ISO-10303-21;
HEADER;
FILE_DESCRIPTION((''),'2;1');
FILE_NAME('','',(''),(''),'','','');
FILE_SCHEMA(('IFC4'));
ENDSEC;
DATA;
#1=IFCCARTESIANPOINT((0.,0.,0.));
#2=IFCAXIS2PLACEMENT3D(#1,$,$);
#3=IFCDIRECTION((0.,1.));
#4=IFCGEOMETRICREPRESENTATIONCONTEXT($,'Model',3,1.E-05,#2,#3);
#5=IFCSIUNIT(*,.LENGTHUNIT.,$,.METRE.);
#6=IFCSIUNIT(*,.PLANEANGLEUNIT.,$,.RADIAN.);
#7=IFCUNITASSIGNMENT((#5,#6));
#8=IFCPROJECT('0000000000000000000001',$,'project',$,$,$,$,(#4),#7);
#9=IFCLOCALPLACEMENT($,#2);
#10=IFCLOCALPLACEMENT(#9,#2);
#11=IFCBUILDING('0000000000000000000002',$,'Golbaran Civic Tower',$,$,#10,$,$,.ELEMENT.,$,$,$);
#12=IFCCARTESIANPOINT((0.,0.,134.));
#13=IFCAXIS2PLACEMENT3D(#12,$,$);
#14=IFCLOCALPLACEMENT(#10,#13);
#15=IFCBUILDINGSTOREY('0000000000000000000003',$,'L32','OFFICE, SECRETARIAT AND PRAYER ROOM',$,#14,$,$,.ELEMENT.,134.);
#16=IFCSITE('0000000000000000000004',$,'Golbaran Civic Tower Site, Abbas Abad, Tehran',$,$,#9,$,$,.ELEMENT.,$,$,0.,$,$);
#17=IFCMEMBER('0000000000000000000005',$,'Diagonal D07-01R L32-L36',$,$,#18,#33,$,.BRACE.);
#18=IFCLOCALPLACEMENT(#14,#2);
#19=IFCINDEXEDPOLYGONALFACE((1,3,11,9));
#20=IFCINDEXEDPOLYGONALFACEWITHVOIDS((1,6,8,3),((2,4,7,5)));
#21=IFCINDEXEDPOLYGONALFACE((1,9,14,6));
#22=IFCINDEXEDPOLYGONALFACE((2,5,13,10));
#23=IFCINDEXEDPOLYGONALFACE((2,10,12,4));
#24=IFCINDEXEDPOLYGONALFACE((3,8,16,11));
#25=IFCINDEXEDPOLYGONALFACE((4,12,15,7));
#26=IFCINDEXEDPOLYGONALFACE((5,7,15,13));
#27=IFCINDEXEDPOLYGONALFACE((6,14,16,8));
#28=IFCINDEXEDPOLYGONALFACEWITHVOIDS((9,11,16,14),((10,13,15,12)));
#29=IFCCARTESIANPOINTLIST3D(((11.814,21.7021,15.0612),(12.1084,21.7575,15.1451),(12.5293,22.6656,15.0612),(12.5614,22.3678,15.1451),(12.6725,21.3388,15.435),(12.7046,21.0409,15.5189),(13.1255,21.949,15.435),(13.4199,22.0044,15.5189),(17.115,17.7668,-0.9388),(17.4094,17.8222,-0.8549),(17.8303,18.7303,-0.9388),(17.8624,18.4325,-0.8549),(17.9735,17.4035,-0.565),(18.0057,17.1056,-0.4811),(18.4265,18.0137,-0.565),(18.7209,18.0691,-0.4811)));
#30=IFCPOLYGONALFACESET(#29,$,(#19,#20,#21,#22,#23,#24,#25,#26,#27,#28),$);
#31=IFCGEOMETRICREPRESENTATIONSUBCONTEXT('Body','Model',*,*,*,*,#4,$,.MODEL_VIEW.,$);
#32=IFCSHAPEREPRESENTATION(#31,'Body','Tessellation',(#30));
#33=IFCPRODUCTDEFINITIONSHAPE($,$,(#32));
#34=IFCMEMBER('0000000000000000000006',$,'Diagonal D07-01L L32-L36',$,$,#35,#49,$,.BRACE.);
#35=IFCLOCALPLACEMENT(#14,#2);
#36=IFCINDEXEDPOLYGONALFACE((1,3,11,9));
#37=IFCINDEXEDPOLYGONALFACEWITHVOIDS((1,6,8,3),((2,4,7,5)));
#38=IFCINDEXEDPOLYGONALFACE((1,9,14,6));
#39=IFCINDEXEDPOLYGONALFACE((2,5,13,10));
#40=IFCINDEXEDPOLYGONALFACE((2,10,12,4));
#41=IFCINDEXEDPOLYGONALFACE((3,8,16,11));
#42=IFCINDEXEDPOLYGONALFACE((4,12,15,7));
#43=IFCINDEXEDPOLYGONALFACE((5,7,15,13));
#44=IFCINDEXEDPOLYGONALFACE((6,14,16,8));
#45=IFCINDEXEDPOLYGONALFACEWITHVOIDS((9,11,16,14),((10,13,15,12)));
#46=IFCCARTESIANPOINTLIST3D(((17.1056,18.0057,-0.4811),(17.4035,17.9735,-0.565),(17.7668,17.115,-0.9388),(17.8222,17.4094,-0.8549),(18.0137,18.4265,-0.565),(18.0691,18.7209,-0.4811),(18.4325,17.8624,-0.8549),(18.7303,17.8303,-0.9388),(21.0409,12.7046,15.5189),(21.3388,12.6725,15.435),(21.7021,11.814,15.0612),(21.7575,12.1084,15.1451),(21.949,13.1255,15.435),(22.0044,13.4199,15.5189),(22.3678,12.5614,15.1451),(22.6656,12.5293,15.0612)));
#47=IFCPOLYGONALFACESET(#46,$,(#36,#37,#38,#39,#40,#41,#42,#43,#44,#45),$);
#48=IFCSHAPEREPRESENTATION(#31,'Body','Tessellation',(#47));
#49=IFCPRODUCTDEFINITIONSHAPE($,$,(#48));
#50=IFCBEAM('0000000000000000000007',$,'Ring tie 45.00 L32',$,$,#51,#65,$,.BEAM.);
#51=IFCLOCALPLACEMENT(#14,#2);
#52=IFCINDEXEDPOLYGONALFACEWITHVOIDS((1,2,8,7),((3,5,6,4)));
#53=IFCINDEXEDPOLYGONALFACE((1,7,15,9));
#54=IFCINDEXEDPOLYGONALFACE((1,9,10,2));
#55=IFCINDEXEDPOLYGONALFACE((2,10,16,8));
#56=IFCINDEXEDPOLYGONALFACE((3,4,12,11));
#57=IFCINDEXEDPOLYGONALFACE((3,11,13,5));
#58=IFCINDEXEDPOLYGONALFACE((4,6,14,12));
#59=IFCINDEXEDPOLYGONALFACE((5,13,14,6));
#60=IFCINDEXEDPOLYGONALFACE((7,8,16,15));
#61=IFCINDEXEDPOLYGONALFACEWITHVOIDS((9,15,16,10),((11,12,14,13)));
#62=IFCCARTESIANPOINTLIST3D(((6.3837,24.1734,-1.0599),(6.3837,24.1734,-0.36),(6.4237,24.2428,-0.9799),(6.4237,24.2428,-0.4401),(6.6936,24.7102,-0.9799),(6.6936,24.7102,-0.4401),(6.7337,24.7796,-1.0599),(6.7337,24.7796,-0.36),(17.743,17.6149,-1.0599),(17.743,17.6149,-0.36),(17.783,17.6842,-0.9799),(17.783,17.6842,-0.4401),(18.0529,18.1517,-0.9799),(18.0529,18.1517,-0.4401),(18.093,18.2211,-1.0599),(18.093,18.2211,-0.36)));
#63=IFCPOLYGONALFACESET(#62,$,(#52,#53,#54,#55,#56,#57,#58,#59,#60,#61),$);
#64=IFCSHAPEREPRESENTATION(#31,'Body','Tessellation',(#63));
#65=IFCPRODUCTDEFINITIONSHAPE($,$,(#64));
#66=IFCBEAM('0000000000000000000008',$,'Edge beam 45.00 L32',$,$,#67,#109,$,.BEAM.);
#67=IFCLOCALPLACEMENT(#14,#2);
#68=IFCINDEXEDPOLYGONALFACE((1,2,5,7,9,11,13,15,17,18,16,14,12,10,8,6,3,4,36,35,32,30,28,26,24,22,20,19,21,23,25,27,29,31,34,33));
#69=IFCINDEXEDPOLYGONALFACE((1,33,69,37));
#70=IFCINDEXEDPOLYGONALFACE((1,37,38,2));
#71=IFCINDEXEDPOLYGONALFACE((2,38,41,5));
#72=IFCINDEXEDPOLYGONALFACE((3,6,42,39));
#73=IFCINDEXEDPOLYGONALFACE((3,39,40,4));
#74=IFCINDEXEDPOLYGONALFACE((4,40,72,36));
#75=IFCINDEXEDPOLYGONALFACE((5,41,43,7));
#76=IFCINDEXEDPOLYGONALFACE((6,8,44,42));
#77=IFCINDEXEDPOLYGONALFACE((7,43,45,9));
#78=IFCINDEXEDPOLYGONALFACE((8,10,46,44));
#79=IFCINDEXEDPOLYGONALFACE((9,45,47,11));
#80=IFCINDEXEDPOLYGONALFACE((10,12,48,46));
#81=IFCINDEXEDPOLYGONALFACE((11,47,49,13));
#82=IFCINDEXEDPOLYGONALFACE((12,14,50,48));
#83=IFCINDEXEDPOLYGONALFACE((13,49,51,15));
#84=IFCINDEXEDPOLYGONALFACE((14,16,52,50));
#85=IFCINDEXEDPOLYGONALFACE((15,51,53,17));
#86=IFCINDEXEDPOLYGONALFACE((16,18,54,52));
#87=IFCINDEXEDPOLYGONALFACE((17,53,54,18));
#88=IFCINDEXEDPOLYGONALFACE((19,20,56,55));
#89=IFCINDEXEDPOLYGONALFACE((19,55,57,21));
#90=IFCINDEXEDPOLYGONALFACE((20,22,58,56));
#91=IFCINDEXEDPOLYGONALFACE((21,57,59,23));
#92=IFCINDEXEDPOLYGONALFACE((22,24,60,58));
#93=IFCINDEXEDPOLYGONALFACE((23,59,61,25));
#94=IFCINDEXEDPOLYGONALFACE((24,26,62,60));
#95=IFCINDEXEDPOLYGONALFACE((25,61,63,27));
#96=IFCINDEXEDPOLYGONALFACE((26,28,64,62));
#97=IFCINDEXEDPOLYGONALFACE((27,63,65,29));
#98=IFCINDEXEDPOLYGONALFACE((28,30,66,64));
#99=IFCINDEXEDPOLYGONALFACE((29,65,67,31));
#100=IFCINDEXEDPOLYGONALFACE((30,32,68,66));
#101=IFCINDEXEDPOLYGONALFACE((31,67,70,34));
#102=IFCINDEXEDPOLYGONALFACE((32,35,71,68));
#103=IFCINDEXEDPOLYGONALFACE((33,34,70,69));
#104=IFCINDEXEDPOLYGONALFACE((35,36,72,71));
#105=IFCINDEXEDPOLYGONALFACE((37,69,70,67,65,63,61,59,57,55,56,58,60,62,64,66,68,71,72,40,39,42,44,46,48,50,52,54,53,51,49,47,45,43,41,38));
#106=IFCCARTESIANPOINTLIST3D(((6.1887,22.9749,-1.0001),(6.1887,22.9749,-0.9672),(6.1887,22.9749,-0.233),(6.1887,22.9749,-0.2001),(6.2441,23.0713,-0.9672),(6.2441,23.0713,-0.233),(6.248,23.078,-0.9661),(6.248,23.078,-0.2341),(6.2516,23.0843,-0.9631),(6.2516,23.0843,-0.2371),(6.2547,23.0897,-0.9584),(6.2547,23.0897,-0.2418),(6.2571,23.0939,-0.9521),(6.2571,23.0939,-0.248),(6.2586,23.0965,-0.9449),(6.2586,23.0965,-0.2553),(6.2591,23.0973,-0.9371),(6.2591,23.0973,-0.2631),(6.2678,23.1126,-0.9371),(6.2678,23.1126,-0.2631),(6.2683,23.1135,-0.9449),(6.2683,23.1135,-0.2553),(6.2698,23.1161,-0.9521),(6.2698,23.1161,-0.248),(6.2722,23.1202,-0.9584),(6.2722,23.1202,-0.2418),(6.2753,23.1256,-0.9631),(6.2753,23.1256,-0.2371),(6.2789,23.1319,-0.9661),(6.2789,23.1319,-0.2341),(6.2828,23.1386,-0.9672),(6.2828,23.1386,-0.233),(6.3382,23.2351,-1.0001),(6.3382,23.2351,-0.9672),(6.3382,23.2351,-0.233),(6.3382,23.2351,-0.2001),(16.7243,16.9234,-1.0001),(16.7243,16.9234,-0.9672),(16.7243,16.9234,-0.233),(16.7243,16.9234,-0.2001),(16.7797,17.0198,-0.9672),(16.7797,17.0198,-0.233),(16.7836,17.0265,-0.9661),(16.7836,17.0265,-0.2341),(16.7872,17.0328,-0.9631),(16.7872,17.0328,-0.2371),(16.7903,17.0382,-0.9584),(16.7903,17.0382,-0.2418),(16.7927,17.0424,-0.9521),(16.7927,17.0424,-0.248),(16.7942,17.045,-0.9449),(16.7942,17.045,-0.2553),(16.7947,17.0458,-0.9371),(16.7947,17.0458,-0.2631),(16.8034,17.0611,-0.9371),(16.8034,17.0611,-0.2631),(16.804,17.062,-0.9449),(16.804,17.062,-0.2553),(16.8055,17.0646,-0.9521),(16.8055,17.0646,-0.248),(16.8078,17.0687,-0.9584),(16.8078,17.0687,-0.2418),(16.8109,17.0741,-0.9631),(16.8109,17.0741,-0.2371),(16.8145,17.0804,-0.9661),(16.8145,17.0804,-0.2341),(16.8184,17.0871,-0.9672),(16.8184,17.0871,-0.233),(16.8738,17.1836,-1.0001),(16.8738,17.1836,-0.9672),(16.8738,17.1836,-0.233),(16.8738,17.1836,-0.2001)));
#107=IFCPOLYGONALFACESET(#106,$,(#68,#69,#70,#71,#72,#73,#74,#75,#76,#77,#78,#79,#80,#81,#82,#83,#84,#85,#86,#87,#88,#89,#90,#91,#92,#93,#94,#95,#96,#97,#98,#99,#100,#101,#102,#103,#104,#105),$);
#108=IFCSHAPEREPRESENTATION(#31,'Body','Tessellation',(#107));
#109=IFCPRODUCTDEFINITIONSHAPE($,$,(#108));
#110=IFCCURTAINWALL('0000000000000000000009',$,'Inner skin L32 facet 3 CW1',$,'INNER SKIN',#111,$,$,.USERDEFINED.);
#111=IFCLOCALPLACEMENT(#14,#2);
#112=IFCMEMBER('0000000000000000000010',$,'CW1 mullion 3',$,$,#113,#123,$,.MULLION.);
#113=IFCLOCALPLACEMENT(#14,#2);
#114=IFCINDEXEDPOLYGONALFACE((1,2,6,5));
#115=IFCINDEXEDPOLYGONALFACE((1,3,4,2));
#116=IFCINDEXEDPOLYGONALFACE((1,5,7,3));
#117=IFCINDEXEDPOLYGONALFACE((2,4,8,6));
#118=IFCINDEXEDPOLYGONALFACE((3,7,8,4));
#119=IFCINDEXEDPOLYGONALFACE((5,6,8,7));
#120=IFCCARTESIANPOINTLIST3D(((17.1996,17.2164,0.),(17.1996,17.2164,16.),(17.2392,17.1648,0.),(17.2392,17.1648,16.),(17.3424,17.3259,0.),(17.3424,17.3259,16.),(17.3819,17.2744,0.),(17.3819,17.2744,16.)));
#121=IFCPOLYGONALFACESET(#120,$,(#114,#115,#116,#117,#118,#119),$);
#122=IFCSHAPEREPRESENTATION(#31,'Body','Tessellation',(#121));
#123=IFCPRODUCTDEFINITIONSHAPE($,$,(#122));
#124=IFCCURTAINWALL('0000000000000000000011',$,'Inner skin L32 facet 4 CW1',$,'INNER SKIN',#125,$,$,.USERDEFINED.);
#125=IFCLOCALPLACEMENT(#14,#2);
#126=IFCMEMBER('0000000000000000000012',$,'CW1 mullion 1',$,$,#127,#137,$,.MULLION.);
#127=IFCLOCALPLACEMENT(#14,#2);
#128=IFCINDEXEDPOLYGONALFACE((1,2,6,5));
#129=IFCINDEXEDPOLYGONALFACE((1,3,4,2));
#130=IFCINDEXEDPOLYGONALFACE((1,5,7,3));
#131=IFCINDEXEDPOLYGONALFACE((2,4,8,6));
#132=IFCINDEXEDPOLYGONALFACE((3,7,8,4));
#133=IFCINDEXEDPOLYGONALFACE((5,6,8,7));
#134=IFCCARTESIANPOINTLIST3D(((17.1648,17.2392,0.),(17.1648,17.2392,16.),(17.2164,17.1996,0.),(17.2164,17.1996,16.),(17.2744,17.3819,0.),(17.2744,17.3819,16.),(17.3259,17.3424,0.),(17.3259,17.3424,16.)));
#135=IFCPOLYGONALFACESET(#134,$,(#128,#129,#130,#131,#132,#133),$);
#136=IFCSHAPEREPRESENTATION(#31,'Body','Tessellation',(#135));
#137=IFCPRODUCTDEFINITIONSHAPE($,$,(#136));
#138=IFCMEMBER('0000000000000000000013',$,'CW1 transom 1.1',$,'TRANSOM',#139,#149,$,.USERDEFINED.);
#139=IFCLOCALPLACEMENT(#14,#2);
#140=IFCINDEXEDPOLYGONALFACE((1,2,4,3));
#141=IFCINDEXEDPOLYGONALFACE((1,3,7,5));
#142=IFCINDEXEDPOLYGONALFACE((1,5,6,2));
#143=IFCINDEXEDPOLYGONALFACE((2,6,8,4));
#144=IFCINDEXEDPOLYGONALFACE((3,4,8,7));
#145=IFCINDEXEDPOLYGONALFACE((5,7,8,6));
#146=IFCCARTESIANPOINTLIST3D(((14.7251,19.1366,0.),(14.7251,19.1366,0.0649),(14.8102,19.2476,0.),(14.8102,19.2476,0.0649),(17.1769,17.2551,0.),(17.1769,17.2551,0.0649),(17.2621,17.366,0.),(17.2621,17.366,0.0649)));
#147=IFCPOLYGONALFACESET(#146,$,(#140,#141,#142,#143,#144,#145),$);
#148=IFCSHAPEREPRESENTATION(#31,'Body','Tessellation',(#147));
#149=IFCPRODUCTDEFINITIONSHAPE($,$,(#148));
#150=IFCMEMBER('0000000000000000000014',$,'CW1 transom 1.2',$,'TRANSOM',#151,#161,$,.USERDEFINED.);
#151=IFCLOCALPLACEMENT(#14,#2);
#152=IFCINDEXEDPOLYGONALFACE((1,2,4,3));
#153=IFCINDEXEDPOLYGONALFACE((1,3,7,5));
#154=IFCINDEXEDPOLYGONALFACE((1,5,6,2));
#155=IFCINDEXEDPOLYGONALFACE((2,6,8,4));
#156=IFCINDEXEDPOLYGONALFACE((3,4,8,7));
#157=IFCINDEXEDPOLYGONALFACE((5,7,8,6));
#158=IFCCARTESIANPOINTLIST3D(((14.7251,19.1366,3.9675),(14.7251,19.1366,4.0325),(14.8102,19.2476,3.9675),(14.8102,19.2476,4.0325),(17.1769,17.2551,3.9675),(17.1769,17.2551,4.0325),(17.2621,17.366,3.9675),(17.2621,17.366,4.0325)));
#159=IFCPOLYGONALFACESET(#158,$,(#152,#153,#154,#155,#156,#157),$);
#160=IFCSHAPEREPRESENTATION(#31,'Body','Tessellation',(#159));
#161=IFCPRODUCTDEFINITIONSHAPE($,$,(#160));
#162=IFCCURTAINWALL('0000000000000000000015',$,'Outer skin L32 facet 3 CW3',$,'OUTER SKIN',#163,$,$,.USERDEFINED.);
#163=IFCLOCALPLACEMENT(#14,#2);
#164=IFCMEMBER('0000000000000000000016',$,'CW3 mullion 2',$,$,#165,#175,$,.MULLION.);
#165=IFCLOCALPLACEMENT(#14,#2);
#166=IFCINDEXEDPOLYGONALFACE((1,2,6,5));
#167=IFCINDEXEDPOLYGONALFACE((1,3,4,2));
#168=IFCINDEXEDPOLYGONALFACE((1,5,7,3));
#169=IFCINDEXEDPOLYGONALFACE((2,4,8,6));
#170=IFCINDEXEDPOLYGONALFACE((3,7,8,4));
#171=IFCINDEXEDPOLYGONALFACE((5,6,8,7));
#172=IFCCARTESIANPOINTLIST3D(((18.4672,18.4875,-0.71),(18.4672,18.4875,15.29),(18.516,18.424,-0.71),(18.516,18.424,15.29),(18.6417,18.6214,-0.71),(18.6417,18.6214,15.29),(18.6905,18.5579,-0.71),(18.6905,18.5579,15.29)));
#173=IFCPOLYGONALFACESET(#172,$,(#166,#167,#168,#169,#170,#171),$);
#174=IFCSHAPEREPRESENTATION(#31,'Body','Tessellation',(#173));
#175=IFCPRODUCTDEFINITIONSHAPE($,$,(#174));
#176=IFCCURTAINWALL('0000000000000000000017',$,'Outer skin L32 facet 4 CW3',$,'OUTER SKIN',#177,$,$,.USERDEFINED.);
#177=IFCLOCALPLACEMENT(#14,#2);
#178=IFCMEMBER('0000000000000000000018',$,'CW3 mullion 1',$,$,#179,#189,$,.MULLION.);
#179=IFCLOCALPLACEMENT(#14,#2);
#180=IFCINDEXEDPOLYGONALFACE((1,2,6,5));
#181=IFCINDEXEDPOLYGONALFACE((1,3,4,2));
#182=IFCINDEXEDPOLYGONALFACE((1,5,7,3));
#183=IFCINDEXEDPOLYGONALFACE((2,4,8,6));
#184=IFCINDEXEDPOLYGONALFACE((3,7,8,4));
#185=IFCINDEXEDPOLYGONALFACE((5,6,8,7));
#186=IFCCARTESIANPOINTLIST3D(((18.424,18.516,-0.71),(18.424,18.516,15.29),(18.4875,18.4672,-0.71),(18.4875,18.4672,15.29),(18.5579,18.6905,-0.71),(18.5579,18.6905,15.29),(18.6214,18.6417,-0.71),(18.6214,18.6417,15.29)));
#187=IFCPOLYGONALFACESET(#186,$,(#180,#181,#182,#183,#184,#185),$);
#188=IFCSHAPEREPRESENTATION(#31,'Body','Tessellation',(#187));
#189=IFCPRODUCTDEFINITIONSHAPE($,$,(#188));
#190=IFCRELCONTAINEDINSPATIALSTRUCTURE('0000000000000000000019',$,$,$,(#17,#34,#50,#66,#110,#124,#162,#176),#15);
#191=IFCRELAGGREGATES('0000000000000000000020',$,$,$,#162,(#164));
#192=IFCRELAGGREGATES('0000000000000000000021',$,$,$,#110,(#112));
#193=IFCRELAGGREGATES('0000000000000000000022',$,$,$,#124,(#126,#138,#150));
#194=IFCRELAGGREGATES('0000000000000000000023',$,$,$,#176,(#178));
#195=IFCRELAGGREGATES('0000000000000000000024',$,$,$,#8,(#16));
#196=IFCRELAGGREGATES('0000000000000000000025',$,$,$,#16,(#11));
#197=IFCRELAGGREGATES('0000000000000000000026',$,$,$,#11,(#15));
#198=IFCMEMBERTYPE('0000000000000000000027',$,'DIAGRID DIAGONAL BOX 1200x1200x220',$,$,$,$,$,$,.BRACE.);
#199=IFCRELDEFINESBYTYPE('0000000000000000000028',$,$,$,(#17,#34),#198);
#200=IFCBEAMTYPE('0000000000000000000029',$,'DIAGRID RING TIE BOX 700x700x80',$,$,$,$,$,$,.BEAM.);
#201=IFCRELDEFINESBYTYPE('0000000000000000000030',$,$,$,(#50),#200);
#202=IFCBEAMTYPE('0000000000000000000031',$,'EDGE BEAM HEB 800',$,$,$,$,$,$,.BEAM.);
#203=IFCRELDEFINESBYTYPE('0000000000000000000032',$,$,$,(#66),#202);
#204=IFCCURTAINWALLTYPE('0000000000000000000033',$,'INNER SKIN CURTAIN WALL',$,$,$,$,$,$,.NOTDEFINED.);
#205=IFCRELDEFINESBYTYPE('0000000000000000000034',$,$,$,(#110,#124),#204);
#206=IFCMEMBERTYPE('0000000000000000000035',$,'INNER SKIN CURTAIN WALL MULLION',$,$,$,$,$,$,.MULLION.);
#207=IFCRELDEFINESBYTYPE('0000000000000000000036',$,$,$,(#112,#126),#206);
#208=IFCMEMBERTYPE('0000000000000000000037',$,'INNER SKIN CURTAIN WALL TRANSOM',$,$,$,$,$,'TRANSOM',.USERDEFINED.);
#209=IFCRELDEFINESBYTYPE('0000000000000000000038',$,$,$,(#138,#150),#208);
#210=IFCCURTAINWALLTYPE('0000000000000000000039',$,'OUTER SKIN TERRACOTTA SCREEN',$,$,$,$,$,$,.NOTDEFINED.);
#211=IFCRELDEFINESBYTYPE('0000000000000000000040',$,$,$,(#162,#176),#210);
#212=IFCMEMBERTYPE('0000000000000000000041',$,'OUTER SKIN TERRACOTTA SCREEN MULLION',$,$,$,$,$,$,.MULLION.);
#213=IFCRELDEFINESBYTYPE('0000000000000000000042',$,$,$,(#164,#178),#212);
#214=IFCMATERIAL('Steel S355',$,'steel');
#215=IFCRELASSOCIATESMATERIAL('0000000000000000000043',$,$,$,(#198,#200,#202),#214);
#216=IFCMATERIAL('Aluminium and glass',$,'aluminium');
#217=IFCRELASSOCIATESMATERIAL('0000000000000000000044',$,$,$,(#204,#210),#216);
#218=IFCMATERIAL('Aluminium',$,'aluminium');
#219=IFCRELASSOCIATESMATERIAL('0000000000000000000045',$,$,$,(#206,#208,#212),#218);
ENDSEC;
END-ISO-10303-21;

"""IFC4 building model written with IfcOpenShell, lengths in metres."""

from ifc_helpers import new_model, si_unit, direction, frame, origin, origin_2d, place, context, subcontext, project, spatial, rectangle, hollow_rectangle, i_section, extrude, material, material_profile, profile_set, type_object, element, aggregate, save


model = new_model("IFC4")

# Units and contexts
model_context = context("Model", 3, precision=1e-05, world=origin(), true_north=direction((0.0, 1.0)))
body_context = subcontext(model_context, "Body", "Model", "MODEL_VIEW")
ifc_project = project(units=[si_unit("LENGTHUNIT", "METRE"), si_unit("PLANEANGLEUNIT", "RADIAN")], contexts=[model_context])

# Site, building, storey
site_placement = place(None, origin())
site = spatial("IfcSite", under=ifc_project, at=site_placement, Name="Golbaran Civic Tower Site, Abbas Abad, Tehran", CompositionType="ELEMENT", RefElevation=0.0)
building_placement = place(site_placement, origin())
building = spatial("IfcBuilding", under=site, at=building_placement, Name="Golbaran Civic Tower", CompositionType="ELEMENT")
storey_placement = place(building_placement, frame((0.0, 0.0, 134.0)))
storey = spatial("IfcBuildingStorey", under=building, at=storey_placement, Name="L32", Description="OFFICE, SECRETARIAT AND PRAYER ROOM", CompositionType="ELEMENT", Elevation=134.0)

# Members
ifc_material_1 = material(Name="Steel S355", Category="steel")
ifc_material_profile_1 = material_profile(ifc_material_1, hollow_rectangle(XDim=1.2, YDim=1.2, WallThickness=0.22, at=origin_2d()), Name="BOX 1200x1200x220")
ifc_profile_set_1 = profile_set([ifc_material_profile_1], Name="Steel S355")
member_type_1 = type_object("IfcMemberType", Name="DIAGRID DIAGONAL BOX 1200x1200x220", PredefinedType="BRACE", material=ifc_profile_set_1)
for number, where, z_axis, x_axis, name in (
    (1, (17.918, 17.918, -0.71), (-0.306265, 0.227361, 0.924396), (-0.59607, -0.802932, 0.0), "Diagonal D07-01R L32-L36"),
    (2, (17.918, 17.918, -0.71), (0.227361, -0.306265, 0.924396), (0.802932, 0.59607, 0.0), "Diagonal D07-01L L32-L36"),
):
    element("IfcMember", number, at=place(storey_placement, frame(where, z_axis=z_axis, x_axis=x_axis)), inside=storey, type_object=member_type_1, Name=name, PredefinedType="BRACE", context=body_context, shape_type="SweptSolid", body=[
        extrude(hollow_rectangle(XDim=1.2, YDim=1.2, WallThickness=0.22, at=origin_2d()), origin(), (0.0, 0.0, 1.0), 17.3086),
    ])

# Beams
ifc_material_profile_2 = material_profile(ifc_material_1, hollow_rectangle(XDim=0.7, YDim=0.7, WallThickness=0.0801, at=origin_2d()), Name="BOX 700x700x80")
ifc_profile_set_2 = profile_set([ifc_material_profile_2], Name="Steel S355")
beam_type_1 = type_object("IfcBeamType", Name="DIAGRID RING TIE BOX 700x700x80", PredefinedType="BEAM", material=ifc_profile_set_2)
beam_1_placement = place(storey_placement, frame((17.918, 17.918, -0.71), z_axis=(-0.866017, 0.500015, 0.0), x_axis=(-0.500015, -0.866017, 0.0)))
element("IfcBeam", 3, at=beam_1_placement, inside=storey, type_object=beam_type_1, Name="Ring tie 45.00 L32", PredefinedType="BEAM", context=body_context, shape_type="SweptSolid", body=[
    extrude(hollow_rectangle(XDim=0.7, YDim=0.7, WallThickness=0.0801, at=origin_2d()), origin(), (0.0, 0.0, 1.0), 13.1167),
])
ifc_material_profile_3 = material_profile(ifc_material_1, i_section(OverallWidth=0.3, OverallDepth=0.8, WebThickness=0.0176, FlangeThickness=0.033, FilletRadius=0.03, at=origin_2d()), Name="HEB 800")
ifc_profile_set_3 = profile_set([ifc_material_profile_3], Name="Steel S355")
beam_type_2 = type_object("IfcBeamType", Name="EDGE BEAM HEB 800", PredefinedType="BEAM", material=ifc_profile_set_3)
beam_2_placement = place(storey_placement, frame((16.7991, 17.0535, -0.6001), z_axis=(-0.867137, 0.49807, 0.0), x_axis=(-0.49807, -0.867137, 0.0)))
element("IfcBeam", 4, at=beam_2_placement, inside=storey, type_object=beam_type_2, Name="Edge beam 45.00 L32", PredefinedType="BEAM", context=body_context, shape_type="SweptSolid", body=[
    extrude(i_section(OverallWidth=0.3, OverallDepth=0.8, WebThickness=0.0176, FlangeThickness=0.033, FilletRadius=0.03, at=origin_2d()), origin(), (0.0, 0.0, 1.0), 12.1499),
])

# Curtain wall, member
ifc_material_2 = material(Name="Aluminium and glass", Category="aluminium")
curtain_wall_type_1 = type_object("IfcCurtainWallType", Name="INNER SKIN CURTAIN WALL", PredefinedType="NOTDEFINED", material=ifc_material_2)
curtain_wall_1_placement = place(storey_placement, origin())
curtain_wall_1 = element("IfcCurtainWall", 5, at=curtain_wall_1_placement, inside=storey, type_object=curtain_wall_type_1, Name="Inner skin L32 facet 3 CW1", ObjectType="INNER SKIN", PredefinedType="USERDEFINED")
ifc_material_3 = material(Name="Aluminium", Category="aluminium")
ifc_material_profile_4 = material_profile(ifc_material_3, rectangle(XDim=0.1799, YDim=0.0649, at=origin_2d()), Name="INNER SKIN CURTAIN WALL MULLION")
ifc_profile_set_4 = profile_set([ifc_material_profile_4], Name="Aluminium")
member_type_2 = type_object("IfcMemberType", Name="INNER SKIN CURTAIN WALL MULLION", PredefinedType="MULLION", material=ifc_profile_set_4)
member_1_placement = place(storey_placement, frame((17.2908, 17.2454, 0.0), z_axis=(0.0, 0.0, 1.0), x_axis=(-0.793353, -0.608761, 0.0)))
member_1 = element("IfcMember", 6, at=member_1_placement, type_object=member_type_2, Name="CW1 mullion 3", PredefinedType="MULLION", context=body_context, shape_type="SweptSolid", body=[
    extrude(rectangle(XDim=0.1799, YDim=0.0649, at=origin_2d()), origin(), (0.0, 0.0, 1.0), 16.0),
])

# Curtain wall, members
curtain_wall_2_placement = place(storey_placement, origin())
curtain_wall_2 = element("IfcCurtainWall", 7, at=curtain_wall_2_placement, inside=storey, type_object=curtain_wall_type_1, Name="Inner skin L32 facet 4 CW1", ObjectType="INNER SKIN", PredefinedType="USERDEFINED")
member_2_placement = place(storey_placement, frame((17.2454, 17.2908, 0.0), z_axis=(0.0, 0.0, 1.0), x_axis=(-0.608761, -0.793353, 0.0)))
member_2 = element("IfcMember", 8, at=member_2_placement, type_object=member_type_2, Name="CW1 mullion 1", PredefinedType="MULLION", context=body_context, shape_type="SweptSolid", body=[
    extrude(rectangle(XDim=0.1799, YDim=0.0649, at=origin_2d()), origin(), (0.0, 0.0, 1.0), 16.0),
])
ifc_material_profile_5 = material_profile(ifc_material_3, rectangle(XDim=0.1399, YDim=0.0649, at=origin_2d()), Name="INNER SKIN CURTAIN WALL TRANSOM")
ifc_profile_set_5 = profile_set([ifc_material_profile_5], Name="Aluminium")
member_type_3 = type_object("IfcMemberType", Name="INNER SKIN CURTAIN WALL TRANSOM", ElementType="TRANSOM", PredefinedType="USERDEFINED", material=ifc_profile_set_5)
member_3_placement = place(storey_placement, frame((17.2195, 17.3105, 0.0325), z_axis=(-0.793325, 0.608798, 0.0), x_axis=(-0.608798, -0.793325, 0.0)))
member_3 = element("IfcMember", 9, at=member_3_placement, type_object=member_type_3, Name="CW1 transom 1.1", ObjectType="TRANSOM", PredefinedType="USERDEFINED", context=body_context, shape_type="SweptSolid", body=[
    extrude(rectangle(XDim=0.1399, YDim=0.0649, at=origin_2d()), origin(), (0.0, 0.0, 1.0), 3.0906),
])
member_4_placement = place(storey_placement, frame((17.2195, 17.3105, 4.0), z_axis=(-0.793325, 0.608798, 0.0), x_axis=(-0.608798, -0.793325, 0.0)))
member_4 = element("IfcMember", 10, at=member_4_placement, type_object=member_type_3, Name="CW1 transom 1.2", ObjectType="TRANSOM", PredefinedType="USERDEFINED", context=body_context, shape_type="SweptSolid", body=[
    extrude(rectangle(XDim=0.1399, YDim=0.0649, at=origin_2d()), origin(), (0.0, 0.0, 1.0), 3.0906),
])

# Curtain wall, member
curtain_wall_type_2 = type_object("IfcCurtainWallType", Name="OUTER SKIN TERRACOTTA SCREEN", PredefinedType="NOTDEFINED", material=ifc_material_2)
curtain_wall_3_placement = place(storey_placement, origin())
curtain_wall_3 = element("IfcCurtainWall", 11, at=curtain_wall_3_placement, inside=storey, type_object=curtain_wall_type_2, Name="Outer skin L32 facet 3 CW3", ObjectType="OUTER SKIN", PredefinedType="USERDEFINED")
ifc_material_profile_6 = material_profile(ifc_material_3, rectangle(XDim=0.22, YDim=0.0801, at=origin_2d()), Name="OUTER SKIN TERRACOTTA SCREEN MULLION")
ifc_profile_set_6 = profile_set([ifc_material_profile_6], Name="Aluminium")
member_type_4 = type_object("IfcMemberType", Name="OUTER SKIN TERRACOTTA SCREEN MULLION", PredefinedType="MULLION", material=ifc_profile_set_6)
member_5_placement = place(storey_placement, frame((18.5789, 18.5227, -0.71), z_axis=(0.0, 0.0, 1.0), x_axis=(-0.793353, -0.608761, 0.0)))
member_5 = element("IfcMember", 12, at=member_5_placement, type_object=member_type_4, Name="CW3 mullion 2", PredefinedType="MULLION", context=body_context, shape_type="SweptSolid", body=[
    extrude(rectangle(XDim=0.22, YDim=0.0801, at=origin_2d()), origin(), (0.0, 0.0, 1.0), 16.0),
])
aggregate(curtain_wall_3, [member_5])

# Curtain wall, member
curtain_wall_4_placement = place(storey_placement, origin())
curtain_wall_4 = element("IfcCurtainWall", 13, at=curtain_wall_4_placement, inside=storey, type_object=curtain_wall_type_2, Name="Outer skin L32 facet 4 CW3", ObjectType="OUTER SKIN", PredefinedType="USERDEFINED")
member_6_placement = place(storey_placement, frame((18.5227, 18.5789, -0.71), z_axis=(0.0, 0.0, 1.0), x_axis=(-0.608761, -0.793353, 0.0)))
member_6 = element("IfcMember", 14, at=member_6_placement, type_object=member_type_4, Name="CW3 mullion 1", PredefinedType="MULLION", context=body_context, shape_type="SweptSolid", body=[
    extrude(rectangle(XDim=0.22, YDim=0.0801, at=origin_2d()), origin(), (0.0, 0.0, 1.0), 16.0),
])

aggregate(curtain_wall_1, [member_1])
aggregate(curtain_wall_2, [member_2, member_3, member_4])
aggregate(curtain_wall_4, [member_6])

save(model, "model.ifc")
